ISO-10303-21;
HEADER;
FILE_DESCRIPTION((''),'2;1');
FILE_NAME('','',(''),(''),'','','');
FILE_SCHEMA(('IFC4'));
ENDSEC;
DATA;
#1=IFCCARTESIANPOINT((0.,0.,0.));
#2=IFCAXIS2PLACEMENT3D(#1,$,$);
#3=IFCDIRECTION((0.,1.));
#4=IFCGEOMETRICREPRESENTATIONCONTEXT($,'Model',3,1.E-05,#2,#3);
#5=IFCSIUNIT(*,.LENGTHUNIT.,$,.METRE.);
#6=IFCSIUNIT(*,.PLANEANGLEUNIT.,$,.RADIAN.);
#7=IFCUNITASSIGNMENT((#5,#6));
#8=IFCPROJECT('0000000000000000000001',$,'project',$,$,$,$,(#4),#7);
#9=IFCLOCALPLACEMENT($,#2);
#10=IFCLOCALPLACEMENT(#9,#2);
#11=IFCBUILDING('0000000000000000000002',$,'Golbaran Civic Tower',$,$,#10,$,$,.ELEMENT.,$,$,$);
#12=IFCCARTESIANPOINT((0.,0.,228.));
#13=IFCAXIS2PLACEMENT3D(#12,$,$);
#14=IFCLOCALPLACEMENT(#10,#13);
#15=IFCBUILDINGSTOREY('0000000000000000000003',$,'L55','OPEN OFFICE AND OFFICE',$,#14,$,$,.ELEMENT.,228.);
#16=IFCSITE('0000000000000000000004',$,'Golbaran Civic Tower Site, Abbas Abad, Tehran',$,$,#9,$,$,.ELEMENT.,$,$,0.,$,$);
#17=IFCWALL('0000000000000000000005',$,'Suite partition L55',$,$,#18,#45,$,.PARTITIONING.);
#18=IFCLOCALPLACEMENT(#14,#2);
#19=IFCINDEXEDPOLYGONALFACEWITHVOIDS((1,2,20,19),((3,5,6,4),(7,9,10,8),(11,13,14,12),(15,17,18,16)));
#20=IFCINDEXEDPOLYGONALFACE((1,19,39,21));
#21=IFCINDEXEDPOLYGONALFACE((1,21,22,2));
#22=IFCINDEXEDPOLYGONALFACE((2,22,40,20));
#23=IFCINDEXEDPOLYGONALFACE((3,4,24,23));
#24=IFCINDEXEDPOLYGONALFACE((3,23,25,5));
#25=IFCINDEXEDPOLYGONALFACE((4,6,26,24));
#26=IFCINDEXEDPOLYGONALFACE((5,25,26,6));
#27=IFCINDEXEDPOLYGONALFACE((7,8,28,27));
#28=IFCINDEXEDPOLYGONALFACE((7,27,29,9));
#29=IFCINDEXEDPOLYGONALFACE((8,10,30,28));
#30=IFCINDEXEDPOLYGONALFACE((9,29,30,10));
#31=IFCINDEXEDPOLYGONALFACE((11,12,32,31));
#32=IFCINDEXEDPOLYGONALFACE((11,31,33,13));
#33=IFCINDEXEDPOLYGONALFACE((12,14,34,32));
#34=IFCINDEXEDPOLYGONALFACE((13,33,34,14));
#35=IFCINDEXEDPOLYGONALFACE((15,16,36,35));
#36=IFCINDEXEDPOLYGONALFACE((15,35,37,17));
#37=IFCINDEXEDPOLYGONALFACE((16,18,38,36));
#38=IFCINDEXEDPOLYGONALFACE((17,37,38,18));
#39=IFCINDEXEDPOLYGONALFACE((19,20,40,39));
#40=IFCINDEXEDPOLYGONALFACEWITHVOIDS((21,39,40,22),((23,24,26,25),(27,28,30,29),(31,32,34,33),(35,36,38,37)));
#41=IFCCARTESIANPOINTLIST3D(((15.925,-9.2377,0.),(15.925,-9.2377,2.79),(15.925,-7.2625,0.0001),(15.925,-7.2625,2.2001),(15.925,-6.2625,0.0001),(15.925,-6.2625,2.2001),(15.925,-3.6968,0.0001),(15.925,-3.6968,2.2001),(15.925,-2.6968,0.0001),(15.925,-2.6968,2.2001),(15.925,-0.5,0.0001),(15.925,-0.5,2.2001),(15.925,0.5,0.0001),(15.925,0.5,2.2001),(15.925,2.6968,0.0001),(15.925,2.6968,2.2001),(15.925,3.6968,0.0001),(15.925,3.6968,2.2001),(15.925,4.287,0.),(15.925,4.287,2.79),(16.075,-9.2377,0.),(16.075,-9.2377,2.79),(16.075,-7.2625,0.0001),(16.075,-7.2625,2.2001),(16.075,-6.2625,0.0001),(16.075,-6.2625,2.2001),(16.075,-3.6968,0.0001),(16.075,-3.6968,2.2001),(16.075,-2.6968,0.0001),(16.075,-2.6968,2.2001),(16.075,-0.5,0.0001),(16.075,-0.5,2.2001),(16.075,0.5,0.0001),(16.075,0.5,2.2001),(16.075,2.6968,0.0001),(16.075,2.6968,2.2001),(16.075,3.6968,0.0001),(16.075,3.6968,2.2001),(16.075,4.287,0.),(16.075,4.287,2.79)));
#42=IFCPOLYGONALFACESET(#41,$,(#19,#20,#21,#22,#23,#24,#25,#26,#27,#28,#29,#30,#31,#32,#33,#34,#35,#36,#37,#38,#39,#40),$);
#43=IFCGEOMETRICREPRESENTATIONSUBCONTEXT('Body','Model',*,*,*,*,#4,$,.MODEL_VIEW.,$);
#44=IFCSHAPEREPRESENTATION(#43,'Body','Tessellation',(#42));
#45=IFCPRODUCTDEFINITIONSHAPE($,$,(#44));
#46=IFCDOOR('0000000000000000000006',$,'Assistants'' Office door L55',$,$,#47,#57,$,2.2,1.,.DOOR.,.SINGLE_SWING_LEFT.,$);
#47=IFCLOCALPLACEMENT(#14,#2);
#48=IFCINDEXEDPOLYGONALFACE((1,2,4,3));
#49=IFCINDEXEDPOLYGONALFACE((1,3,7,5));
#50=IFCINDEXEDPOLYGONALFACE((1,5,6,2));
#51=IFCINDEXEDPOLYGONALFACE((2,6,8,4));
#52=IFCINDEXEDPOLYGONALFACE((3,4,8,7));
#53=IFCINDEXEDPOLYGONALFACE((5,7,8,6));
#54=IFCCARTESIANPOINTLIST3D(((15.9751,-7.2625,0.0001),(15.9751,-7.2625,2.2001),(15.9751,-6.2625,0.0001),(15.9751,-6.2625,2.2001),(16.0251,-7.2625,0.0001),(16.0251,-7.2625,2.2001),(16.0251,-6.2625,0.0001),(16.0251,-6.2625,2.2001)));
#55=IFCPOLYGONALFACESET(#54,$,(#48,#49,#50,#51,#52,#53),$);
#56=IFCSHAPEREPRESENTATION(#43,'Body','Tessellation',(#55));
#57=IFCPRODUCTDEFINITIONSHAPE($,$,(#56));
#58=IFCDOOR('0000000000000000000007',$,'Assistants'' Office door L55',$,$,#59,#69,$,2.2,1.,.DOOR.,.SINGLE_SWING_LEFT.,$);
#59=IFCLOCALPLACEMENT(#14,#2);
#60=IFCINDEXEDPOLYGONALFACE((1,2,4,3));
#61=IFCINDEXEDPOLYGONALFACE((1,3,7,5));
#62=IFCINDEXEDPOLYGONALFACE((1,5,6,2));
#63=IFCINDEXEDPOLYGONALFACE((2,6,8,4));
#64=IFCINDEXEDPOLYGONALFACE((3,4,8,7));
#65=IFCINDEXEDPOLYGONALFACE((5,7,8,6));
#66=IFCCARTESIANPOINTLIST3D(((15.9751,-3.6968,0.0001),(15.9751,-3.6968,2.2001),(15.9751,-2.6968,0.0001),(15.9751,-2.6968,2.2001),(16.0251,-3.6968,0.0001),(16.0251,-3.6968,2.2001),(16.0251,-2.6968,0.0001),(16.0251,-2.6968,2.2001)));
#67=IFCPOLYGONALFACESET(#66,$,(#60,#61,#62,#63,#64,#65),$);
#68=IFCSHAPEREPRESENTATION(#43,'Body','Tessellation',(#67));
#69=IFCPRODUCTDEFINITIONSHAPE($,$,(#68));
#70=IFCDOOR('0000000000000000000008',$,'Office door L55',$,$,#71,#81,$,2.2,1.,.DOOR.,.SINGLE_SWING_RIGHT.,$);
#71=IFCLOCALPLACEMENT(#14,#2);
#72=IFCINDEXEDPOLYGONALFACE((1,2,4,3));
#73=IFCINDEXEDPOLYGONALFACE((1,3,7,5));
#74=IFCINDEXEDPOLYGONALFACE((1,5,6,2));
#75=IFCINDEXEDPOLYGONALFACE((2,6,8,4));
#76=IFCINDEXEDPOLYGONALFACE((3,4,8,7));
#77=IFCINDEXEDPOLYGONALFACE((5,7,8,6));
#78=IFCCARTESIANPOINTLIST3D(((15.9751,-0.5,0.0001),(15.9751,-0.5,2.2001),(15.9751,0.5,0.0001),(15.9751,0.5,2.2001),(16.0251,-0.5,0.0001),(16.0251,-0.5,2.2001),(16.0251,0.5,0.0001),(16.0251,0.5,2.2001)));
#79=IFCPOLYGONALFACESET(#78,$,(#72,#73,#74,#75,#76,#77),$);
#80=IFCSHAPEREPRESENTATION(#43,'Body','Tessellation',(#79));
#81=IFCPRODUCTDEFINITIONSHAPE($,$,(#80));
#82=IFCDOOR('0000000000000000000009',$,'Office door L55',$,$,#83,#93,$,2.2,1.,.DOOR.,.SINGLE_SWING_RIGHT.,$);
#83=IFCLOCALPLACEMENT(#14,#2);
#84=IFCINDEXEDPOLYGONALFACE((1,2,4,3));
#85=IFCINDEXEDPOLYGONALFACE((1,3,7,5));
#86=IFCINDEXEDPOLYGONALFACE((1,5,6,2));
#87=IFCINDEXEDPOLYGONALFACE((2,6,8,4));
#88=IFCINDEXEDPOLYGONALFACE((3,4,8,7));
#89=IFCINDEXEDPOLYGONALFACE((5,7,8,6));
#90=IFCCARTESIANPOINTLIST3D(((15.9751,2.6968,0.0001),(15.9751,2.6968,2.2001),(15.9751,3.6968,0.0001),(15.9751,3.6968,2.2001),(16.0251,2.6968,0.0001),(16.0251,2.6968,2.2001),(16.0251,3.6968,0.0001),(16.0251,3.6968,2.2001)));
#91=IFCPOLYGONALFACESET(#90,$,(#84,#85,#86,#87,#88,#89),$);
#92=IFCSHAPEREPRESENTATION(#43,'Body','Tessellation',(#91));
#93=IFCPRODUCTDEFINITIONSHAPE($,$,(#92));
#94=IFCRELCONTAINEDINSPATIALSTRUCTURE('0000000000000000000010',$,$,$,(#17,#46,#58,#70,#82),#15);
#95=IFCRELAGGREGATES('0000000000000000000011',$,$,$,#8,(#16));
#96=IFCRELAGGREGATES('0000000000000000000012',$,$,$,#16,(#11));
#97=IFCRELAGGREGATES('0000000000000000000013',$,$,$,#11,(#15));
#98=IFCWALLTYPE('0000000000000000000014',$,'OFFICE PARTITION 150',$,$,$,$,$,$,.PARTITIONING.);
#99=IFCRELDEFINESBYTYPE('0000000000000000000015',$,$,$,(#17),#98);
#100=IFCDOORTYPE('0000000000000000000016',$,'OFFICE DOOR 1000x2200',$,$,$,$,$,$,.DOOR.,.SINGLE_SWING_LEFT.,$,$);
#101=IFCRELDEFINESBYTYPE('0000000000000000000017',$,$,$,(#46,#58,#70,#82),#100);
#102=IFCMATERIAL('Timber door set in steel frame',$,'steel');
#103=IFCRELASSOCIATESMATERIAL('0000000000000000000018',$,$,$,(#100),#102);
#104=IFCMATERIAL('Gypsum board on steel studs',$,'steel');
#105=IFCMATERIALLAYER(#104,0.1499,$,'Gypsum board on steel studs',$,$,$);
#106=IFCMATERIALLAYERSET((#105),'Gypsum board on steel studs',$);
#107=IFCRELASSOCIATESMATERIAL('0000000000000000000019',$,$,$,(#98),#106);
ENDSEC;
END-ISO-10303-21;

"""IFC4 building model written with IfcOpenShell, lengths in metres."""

from ifc_helpers import new_model, si_unit, direction, frame, frame_2d, origin, place, context, subcontext, project, spatial, rectangle, extrude, material, layer, layer_set, type_object, element, fill, save


model = new_model("IFC4")

# Units and contexts
model_context = context("Model", 3, precision=1e-05, world=origin(), true_north=direction((0.0, 1.0)))
body_context = subcontext(model_context, "Body", "Model", "MODEL_VIEW")
ifc_project = project(units=[si_unit("LENGTHUNIT", "METRE"), si_unit("PLANEANGLEUNIT", "RADIAN")], contexts=[model_context])

# Site, building, storey
site_placement = place(None, origin())
site = spatial("IfcSite", under=ifc_project, at=site_placement, Name="Golbaran Civic Tower Site, Abbas Abad, Tehran", CompositionType="ELEMENT", RefElevation=0.0)
building_placement = place(site_placement, origin())
building = spatial("IfcBuilding", under=site, at=building_placement, Name="Golbaran Civic Tower", CompositionType="ELEMENT")
storey_placement = place(building_placement, frame((0.0, 0.0, 228.0)))
storey = spatial("IfcBuildingStorey", under=building, at=storey_placement, Name="L55", Description="OPEN OFFICE AND OFFICE", CompositionType="ELEMENT", Elevation=228.0)

# Shared definitions
ifc_material_1 = material(Name="Timber door set in steel frame", Category="steel")

# Shared definitions
door_type_1 = type_object("IfcDoorType", Name="OFFICE DOOR 1000x2200", OperationType="SINGLE_SWING_LEFT", PredefinedType="DOOR", material=ifc_material_1)

# Shared definitions
ifc_material_2 = material(Name="Gypsum board on steel studs", Category="steel")
ifc_layer_1 = layer(ifc_material_2, 0.1499, Name="Gypsum board on steel studs")
ifc_layer_set_1 = layer_set([ifc_layer_1], Name="Gypsum board on steel studs")
wall_type_1 = type_object("IfcWallType", Name="OFFICE PARTITION 150", PredefinedType="PARTITIONING", material=ifc_layer_set_1)

# Wall, openings, doors
wall_1_placement = place(storey_placement, frame((16.0, -9.2375, 0.0), z_axis=(0.0, 0.0, 1.0), x_axis=(0.0, 1.0, 0.0)))
wall_1 = element("IfcWall", 1, at=wall_1_placement, inside=storey, type_object=wall_type_1, Name="Suite partition L55", PredefinedType="PARTITIONING", context=body_context, shape_type="SweptSolid", body=[
    extrude(rectangle(XDim=13.5247, YDim=0.1499, at=frame_2d((6.7622, 0.0))), origin(), (0.0, 0.0, 1.0), 2.79),
])
opening_1_placement = place(wall_1_placement, frame((1.9751, 0.0, 0.0)))
opening_1 = element("IfcOpeningElement", 2, at=opening_1_placement, cuts=wall_1, PredefinedType="OPENING", context=body_context, shape_type="SweptSolid", body=[
    extrude(rectangle(XDim=1.0, YDim=2.2, at=frame_2d((0.5, 1.1001))), frame((0.0, 0.085, 0.0), z_axis=(0.0, -1.0, 0.0), x_axis=(1.0, 0.0, 0.0)), (0.0, 0.0, 1.0), 0.1699),
])
opening_2_placement = place(wall_1_placement, frame((5.5408, 0.0, 0.0)))
opening_2 = element("IfcOpeningElement", 3, at=opening_2_placement, cuts=wall_1, PredefinedType="OPENING", context=body_context, shape_type="SweptSolid", body=[
    extrude(rectangle(XDim=1.0, YDim=2.2, at=frame_2d((0.5, 1.1001))), frame((0.0, 0.085, 0.0), z_axis=(0.0, -1.0, 0.0), x_axis=(1.0, 0.0, 0.0)), (0.0, 0.0, 1.0), 0.1699),
])
opening_3_placement = place(wall_1_placement, frame((8.7375, 0.0, 0.0)))
opening_3 = element("IfcOpeningElement", 4, at=opening_3_placement, cuts=wall_1, PredefinedType="OPENING", context=body_context, shape_type="SweptSolid", body=[
    extrude(rectangle(XDim=1.0, YDim=2.2, at=frame_2d((0.5, 1.1001))), frame((0.0, 0.085, 0.0), z_axis=(0.0, -1.0, 0.0), x_axis=(1.0, 0.0, 0.0)), (0.0, 0.0, 1.0), 0.1699),
])
opening_4_placement = place(wall_1_placement, frame((11.9343, 0.0, 0.0)))
opening_4 = element("IfcOpeningElement", 5, at=opening_4_placement, cuts=wall_1, PredefinedType="OPENING", context=body_context, shape_type="SweptSolid", body=[
    extrude(rectangle(XDim=1.0, YDim=2.2, at=frame_2d((0.5, 1.1001))), frame((0.0, 0.085, 0.0), z_axis=(0.0, -1.0, 0.0), x_axis=(1.0, 0.0, 0.0)), (0.0, 0.0, 1.0), 0.1699),
])
door_1_placement = place(opening_1_placement, origin())
door_1 = element("IfcDoor", 6, at=door_1_placement, inside=storey, type_object=door_type_1, Name="Assistants' Office door L55", OperationType="SINGLE_SWING_LEFT", OverallHeight=2.2, OverallWidth=1.0, PredefinedType="DOOR", context=body_context, shape_type="SweptSolid", body=[
    extrude(rectangle(XDim=1.0, YDim=2.2, at=frame_2d((0.5, 1.1001))), frame((0.0, 0.0249, 0.0), z_axis=(0.0, -1.0, 0.0), x_axis=(1.0, 0.0, 0.0)), (0.0, 0.0, 1.0), 0.05),
])
fill(opening_1, door_1)
door_2_placement = place(opening_2_placement, origin())
door_2 = element("IfcDoor", 7, at=door_2_placement, inside=storey, type_object=door_type_1, Name="Assistants' Office door L55", OperationType="SINGLE_SWING_LEFT", OverallHeight=2.2, OverallWidth=1.0, PredefinedType="DOOR", context=body_context, shape_type="SweptSolid", body=[
    extrude(rectangle(XDim=1.0, YDim=2.2, at=frame_2d((0.5, 1.1001))), frame((0.0, 0.0249, 0.0), z_axis=(0.0, -1.0, 0.0), x_axis=(1.0, 0.0, 0.0)), (0.0, 0.0, 1.0), 0.05),
])
fill(opening_2, door_2)
door_3_placement = place(opening_3_placement, origin())
door_3 = element("IfcDoor", 8, at=door_3_placement, inside=storey, type_object=door_type_1, Name="Office door L55", OperationType="SINGLE_SWING_RIGHT", OverallHeight=2.2, OverallWidth=1.0, PredefinedType="DOOR", context=body_context, shape_type="SweptSolid", body=[
    extrude(rectangle(XDim=1.0, YDim=2.2, at=frame_2d((0.5, 1.1001))), frame((0.0, 0.0249, 0.0), z_axis=(0.0, -1.0, 0.0), x_axis=(1.0, 0.0, 0.0)), (0.0, 0.0, 1.0), 0.05),
])
fill(opening_3, door_3)
door_4_placement = place(opening_4_placement, origin())
door_4 = element("IfcDoor", 9, at=door_4_placement, inside=storey, type_object=door_type_1, Name="Office door L55", OperationType="SINGLE_SWING_RIGHT", OverallHeight=2.2, OverallWidth=1.0, PredefinedType="DOOR", context=body_context, shape_type="SweptSolid", body=[
    extrude(rectangle(XDim=1.0, YDim=2.2, at=frame_2d((0.5, 1.1001))), frame((0.0, 0.0249, 0.0), z_axis=(0.0, -1.0, 0.0), x_axis=(1.0, 0.0, 0.0)), (0.0, 0.0, 1.0), 0.05),
])
fill(opening_4, door_4)

save(model, "model.ifc")
